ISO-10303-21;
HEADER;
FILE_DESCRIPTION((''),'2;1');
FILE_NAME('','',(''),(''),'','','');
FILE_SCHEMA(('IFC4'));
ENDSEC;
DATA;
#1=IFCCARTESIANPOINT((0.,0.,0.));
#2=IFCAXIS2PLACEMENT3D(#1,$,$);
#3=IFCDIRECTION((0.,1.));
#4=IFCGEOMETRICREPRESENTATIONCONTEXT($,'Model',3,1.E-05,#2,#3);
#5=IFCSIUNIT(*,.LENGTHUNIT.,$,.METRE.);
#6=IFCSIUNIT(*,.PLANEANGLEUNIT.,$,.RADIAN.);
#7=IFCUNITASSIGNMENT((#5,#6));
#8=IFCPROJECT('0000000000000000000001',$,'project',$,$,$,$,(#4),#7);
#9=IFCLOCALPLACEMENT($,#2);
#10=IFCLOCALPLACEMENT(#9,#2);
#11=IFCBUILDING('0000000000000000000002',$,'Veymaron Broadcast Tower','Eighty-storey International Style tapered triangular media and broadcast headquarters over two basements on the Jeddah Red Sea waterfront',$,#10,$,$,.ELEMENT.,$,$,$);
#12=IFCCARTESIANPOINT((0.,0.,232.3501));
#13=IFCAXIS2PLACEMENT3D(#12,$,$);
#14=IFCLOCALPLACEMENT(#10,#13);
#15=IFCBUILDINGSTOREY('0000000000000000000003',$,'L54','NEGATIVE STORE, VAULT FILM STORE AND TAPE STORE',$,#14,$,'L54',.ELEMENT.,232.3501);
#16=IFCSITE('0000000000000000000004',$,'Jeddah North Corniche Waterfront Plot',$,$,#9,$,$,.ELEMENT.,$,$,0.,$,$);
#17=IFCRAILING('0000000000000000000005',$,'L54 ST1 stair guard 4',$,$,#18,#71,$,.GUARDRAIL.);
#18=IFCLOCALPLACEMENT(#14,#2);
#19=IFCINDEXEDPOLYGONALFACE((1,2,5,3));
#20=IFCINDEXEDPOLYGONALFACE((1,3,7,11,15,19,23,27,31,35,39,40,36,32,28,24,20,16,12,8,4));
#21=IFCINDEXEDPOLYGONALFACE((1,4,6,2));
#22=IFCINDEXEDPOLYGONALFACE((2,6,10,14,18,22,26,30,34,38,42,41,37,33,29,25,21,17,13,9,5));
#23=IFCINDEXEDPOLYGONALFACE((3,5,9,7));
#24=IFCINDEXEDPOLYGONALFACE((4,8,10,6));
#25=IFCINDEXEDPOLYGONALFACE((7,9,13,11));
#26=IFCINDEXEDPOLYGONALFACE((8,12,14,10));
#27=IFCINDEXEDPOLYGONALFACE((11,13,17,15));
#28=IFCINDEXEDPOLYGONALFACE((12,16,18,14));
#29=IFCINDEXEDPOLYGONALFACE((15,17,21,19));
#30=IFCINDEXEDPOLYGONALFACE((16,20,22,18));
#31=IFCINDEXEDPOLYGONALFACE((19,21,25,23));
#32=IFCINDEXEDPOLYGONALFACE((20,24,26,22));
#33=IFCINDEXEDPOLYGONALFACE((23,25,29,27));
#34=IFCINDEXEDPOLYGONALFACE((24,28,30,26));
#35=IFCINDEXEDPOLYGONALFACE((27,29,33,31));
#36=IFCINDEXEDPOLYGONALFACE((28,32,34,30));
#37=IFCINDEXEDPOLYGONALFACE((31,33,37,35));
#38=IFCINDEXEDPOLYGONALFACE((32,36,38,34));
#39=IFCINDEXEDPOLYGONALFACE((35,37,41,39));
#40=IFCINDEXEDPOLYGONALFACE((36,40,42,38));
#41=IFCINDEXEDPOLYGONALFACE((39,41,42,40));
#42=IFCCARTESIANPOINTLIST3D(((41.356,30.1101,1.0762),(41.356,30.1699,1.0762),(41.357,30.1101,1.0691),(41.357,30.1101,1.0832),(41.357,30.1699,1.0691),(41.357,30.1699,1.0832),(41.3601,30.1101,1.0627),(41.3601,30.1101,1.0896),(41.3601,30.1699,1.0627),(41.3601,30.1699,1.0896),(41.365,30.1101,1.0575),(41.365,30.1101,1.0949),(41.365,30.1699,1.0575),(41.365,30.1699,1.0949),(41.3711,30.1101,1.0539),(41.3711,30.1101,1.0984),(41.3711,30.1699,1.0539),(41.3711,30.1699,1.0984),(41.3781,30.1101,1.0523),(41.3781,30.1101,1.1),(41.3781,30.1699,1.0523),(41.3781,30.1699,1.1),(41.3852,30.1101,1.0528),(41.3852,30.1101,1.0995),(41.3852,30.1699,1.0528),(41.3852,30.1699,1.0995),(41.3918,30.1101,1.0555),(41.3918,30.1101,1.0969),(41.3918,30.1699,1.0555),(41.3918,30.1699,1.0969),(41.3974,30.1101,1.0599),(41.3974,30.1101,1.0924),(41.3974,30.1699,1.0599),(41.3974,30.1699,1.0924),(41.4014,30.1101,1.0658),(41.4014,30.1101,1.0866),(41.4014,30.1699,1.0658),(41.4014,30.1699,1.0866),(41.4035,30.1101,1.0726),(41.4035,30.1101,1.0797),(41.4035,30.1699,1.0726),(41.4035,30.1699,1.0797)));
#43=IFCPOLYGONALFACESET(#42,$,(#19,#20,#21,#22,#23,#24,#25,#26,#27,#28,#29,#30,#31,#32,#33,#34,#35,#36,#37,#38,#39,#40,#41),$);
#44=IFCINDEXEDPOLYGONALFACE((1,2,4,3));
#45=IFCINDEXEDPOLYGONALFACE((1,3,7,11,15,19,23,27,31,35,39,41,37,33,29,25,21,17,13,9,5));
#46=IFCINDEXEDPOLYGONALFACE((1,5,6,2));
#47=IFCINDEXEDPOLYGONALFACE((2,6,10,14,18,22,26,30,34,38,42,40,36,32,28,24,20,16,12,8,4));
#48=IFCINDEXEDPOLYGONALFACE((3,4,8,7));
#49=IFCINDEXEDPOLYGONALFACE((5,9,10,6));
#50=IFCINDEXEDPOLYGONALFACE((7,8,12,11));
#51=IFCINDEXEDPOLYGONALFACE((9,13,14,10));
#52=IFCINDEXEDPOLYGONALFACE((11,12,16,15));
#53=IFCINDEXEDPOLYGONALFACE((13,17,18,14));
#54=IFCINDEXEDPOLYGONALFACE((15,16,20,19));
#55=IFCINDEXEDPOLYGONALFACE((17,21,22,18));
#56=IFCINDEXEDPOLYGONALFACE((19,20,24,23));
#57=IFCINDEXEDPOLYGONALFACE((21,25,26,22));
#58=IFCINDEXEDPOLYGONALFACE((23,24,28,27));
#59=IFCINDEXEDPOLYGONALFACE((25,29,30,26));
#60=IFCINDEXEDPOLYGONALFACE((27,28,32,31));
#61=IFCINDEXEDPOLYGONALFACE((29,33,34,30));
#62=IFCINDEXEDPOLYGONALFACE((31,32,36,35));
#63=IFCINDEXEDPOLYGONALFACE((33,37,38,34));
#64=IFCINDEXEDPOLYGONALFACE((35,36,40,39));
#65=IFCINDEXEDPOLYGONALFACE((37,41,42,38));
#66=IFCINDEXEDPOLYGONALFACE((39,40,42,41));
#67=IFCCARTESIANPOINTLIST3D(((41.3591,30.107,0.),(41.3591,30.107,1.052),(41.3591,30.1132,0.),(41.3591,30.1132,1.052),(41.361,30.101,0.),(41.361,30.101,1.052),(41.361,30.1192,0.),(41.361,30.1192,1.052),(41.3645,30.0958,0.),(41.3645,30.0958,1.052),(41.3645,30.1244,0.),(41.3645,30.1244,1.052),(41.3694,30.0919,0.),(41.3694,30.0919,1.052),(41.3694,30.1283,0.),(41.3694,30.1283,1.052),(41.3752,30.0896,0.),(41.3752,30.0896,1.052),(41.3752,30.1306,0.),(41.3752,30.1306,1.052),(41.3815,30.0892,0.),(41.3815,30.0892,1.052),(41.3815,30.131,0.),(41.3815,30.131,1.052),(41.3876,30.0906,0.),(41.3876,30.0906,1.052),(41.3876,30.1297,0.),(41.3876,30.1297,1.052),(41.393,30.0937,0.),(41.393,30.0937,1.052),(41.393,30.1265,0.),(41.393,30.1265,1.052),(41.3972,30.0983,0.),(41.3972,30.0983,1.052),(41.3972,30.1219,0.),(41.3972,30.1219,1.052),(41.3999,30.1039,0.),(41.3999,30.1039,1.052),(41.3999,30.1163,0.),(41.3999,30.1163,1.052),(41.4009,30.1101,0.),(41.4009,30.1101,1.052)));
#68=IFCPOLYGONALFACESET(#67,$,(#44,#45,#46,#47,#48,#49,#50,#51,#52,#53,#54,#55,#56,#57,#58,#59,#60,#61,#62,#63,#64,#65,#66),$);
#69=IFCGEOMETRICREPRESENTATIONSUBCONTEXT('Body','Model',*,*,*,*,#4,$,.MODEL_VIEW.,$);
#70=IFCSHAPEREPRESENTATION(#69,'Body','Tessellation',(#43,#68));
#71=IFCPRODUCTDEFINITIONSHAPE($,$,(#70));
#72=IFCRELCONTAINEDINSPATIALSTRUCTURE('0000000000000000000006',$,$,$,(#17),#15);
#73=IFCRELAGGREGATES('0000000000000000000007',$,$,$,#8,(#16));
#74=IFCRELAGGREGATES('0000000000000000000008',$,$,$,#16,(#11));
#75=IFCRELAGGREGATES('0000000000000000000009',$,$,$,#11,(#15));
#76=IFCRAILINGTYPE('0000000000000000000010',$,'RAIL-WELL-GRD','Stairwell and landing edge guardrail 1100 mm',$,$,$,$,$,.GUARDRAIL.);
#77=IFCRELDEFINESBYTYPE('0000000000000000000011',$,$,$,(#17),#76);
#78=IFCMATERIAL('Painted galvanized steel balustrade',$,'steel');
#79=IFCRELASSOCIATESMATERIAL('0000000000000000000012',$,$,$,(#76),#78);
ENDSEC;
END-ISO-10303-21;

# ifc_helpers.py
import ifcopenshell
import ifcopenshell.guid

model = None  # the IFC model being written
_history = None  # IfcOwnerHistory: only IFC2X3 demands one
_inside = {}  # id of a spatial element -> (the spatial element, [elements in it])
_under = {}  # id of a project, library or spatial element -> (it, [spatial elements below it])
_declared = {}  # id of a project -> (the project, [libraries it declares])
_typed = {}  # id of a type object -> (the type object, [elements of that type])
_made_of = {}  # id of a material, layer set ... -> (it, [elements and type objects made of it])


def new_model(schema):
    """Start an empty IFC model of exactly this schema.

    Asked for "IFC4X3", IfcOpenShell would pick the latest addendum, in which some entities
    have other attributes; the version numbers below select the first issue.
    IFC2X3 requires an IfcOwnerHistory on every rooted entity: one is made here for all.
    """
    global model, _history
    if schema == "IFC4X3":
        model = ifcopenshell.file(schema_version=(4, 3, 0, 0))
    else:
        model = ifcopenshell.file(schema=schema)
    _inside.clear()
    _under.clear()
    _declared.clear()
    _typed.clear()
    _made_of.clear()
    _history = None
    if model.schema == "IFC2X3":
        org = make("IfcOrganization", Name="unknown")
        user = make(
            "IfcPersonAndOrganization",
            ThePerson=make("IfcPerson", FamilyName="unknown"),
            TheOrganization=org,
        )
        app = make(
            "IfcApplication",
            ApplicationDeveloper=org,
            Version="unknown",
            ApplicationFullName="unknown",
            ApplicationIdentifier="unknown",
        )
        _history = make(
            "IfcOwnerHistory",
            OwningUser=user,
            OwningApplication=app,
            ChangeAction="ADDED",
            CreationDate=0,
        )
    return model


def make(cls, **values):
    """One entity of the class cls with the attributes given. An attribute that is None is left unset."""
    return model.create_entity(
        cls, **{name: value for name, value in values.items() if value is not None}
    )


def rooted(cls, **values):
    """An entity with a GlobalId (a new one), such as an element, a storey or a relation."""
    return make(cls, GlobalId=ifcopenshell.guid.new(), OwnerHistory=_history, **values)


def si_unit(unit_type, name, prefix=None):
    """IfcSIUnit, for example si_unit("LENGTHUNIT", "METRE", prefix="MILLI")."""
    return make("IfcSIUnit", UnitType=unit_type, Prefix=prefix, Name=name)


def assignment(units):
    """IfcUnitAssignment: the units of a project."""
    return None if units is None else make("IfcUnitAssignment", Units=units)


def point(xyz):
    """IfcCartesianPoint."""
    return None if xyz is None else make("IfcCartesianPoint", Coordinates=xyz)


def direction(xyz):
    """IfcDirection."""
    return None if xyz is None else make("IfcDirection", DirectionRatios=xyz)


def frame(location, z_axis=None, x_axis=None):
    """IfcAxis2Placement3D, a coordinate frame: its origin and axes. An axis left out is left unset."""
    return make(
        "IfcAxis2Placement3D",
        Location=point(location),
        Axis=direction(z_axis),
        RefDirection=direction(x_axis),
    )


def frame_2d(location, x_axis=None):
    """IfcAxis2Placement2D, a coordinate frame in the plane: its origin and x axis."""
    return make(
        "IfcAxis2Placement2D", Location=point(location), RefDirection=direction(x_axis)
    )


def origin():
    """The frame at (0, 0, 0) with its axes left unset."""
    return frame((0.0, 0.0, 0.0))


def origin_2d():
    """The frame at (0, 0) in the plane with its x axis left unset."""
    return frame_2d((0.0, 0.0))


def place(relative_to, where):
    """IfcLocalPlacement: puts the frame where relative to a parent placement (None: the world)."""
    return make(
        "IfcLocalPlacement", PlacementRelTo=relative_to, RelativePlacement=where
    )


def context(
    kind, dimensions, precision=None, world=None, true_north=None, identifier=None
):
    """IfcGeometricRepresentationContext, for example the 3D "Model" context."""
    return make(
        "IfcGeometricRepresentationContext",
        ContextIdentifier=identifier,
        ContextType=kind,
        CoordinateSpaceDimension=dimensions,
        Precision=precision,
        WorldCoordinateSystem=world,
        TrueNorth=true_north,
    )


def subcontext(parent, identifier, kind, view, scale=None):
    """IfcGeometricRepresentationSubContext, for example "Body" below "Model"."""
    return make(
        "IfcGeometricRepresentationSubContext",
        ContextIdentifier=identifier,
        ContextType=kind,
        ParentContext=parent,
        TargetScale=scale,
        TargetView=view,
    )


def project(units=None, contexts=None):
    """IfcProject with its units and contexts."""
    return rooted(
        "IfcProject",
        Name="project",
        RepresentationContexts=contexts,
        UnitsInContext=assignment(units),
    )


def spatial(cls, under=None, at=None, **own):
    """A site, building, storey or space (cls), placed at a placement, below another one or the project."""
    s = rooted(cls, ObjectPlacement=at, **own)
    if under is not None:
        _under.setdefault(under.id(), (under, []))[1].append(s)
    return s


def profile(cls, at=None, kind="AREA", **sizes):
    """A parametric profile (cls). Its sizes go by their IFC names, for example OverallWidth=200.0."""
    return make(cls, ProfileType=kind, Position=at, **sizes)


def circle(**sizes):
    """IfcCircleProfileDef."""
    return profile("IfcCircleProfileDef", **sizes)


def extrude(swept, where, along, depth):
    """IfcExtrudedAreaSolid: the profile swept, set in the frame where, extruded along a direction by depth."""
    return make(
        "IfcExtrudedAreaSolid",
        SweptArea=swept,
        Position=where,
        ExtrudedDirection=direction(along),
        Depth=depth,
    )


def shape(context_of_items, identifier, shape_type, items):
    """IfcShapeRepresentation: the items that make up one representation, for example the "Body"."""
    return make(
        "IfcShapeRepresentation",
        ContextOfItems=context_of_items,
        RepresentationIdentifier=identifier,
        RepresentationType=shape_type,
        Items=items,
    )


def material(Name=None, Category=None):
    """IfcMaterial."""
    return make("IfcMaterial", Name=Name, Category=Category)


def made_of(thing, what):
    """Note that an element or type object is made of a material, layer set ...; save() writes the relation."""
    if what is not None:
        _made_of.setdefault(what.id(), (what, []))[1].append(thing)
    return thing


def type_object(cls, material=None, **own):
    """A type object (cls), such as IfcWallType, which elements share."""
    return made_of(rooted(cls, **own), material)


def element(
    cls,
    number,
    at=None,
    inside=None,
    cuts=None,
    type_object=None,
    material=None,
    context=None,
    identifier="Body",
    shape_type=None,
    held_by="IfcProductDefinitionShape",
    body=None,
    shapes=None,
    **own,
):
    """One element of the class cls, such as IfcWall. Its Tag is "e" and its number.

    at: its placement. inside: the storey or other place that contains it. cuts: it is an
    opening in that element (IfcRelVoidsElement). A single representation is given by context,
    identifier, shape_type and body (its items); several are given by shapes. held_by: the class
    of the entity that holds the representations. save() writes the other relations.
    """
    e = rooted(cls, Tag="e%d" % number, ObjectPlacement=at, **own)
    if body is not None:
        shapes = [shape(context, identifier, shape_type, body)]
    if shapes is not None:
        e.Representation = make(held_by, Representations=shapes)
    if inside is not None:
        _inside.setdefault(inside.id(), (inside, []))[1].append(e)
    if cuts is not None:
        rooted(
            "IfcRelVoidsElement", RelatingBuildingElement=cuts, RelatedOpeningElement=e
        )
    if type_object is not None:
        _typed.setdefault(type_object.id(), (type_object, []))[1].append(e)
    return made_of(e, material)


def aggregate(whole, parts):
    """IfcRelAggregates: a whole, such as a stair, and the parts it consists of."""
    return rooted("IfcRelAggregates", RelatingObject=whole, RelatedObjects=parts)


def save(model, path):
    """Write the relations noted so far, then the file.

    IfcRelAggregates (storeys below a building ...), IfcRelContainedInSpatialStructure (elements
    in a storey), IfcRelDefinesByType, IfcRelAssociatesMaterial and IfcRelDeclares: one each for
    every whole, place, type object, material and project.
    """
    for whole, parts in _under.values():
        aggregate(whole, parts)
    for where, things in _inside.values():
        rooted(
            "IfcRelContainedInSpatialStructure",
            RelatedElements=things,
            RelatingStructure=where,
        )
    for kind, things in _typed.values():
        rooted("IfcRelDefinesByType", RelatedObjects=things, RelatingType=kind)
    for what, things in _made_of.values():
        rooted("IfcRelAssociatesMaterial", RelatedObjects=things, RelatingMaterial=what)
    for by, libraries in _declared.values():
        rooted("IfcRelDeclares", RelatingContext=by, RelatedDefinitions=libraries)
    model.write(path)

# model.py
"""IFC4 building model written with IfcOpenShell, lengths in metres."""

from ifc_helpers import new_model, si_unit, direction, frame, origin, origin_2d, place, context, subcontext, project, spatial, circle, extrude, material, type_object, element, save


model = new_model("IFC4")

# Units and contexts
model_context = context("Model", 3, precision=1e-05, world=origin(), true_north=direction((0.0, 1.0)))
body_context = subcontext(model_context, "Body", "Model", "MODEL_VIEW")
ifc_project = project(units=[si_unit("LENGTHUNIT", "METRE"), si_unit("PLANEANGLEUNIT", "RADIAN")], contexts=[model_context])

# Site, building, storey
site_placement = place(None, origin())
site = spatial("IfcSite", under=ifc_project, at=site_placement, Name="Jeddah North Corniche Waterfront Plot", CompositionType="ELEMENT", RefElevation=0.0)
building_placement = place(site_placement, origin())
building = spatial("IfcBuilding", under=site, at=building_placement, Name="Veymaron Broadcast Tower", Description="Eighty-storey International Style tapered triangular media and broadcast headquarters over two basements on the Jeddah Red Sea waterfront", CompositionType="ELEMENT")
storey_placement = place(building_placement, frame((0.0, 0.0, 232.3501)))
storey = spatial("IfcBuildingStorey", under=building, at=storey_placement, Name="L54", Description="NEGATIVE STORE, VAULT FILM STORE AND TAPE STORE", LongName="L54", CompositionType="ELEMENT", Elevation=232.3501)

# Railing
ifc_material_1 = material(Name="Painted galvanized steel balustrade", Category="steel")
railing_type_1 = type_object("IfcRailingType", Name="RAIL-WELL-GRD", Description="Stairwell and landing edge guardrail 1100 mm", PredefinedType="GUARDRAIL", material=ifc_material_1)
railing_1_placement = place(storey_placement, frame((41.3799, 30.1101, 0.0)))
element("IfcRailing", 1, at=railing_1_placement, inside=storey, type_object=railing_type_1, Name="L54 ST1 stair guard 4", PredefinedType="GUARDRAIL", context=body_context, shape_type="SweptSolid", body=[
    extrude(circle(Radius=0.0239, at=origin_2d()), frame((0.0, 0.0, 1.0762), z_axis=(0.0, 1.0, 0.0), x_axis=(-1.0, 0.0, 0.0)), (0.0, 0.0, 1.0), 0.0598),
    extrude(circle(Radius=0.021, at=origin_2d()), origin(), (0.0, 0.0, 1.0), 1.052),
])

save(model, "model.ifc")
